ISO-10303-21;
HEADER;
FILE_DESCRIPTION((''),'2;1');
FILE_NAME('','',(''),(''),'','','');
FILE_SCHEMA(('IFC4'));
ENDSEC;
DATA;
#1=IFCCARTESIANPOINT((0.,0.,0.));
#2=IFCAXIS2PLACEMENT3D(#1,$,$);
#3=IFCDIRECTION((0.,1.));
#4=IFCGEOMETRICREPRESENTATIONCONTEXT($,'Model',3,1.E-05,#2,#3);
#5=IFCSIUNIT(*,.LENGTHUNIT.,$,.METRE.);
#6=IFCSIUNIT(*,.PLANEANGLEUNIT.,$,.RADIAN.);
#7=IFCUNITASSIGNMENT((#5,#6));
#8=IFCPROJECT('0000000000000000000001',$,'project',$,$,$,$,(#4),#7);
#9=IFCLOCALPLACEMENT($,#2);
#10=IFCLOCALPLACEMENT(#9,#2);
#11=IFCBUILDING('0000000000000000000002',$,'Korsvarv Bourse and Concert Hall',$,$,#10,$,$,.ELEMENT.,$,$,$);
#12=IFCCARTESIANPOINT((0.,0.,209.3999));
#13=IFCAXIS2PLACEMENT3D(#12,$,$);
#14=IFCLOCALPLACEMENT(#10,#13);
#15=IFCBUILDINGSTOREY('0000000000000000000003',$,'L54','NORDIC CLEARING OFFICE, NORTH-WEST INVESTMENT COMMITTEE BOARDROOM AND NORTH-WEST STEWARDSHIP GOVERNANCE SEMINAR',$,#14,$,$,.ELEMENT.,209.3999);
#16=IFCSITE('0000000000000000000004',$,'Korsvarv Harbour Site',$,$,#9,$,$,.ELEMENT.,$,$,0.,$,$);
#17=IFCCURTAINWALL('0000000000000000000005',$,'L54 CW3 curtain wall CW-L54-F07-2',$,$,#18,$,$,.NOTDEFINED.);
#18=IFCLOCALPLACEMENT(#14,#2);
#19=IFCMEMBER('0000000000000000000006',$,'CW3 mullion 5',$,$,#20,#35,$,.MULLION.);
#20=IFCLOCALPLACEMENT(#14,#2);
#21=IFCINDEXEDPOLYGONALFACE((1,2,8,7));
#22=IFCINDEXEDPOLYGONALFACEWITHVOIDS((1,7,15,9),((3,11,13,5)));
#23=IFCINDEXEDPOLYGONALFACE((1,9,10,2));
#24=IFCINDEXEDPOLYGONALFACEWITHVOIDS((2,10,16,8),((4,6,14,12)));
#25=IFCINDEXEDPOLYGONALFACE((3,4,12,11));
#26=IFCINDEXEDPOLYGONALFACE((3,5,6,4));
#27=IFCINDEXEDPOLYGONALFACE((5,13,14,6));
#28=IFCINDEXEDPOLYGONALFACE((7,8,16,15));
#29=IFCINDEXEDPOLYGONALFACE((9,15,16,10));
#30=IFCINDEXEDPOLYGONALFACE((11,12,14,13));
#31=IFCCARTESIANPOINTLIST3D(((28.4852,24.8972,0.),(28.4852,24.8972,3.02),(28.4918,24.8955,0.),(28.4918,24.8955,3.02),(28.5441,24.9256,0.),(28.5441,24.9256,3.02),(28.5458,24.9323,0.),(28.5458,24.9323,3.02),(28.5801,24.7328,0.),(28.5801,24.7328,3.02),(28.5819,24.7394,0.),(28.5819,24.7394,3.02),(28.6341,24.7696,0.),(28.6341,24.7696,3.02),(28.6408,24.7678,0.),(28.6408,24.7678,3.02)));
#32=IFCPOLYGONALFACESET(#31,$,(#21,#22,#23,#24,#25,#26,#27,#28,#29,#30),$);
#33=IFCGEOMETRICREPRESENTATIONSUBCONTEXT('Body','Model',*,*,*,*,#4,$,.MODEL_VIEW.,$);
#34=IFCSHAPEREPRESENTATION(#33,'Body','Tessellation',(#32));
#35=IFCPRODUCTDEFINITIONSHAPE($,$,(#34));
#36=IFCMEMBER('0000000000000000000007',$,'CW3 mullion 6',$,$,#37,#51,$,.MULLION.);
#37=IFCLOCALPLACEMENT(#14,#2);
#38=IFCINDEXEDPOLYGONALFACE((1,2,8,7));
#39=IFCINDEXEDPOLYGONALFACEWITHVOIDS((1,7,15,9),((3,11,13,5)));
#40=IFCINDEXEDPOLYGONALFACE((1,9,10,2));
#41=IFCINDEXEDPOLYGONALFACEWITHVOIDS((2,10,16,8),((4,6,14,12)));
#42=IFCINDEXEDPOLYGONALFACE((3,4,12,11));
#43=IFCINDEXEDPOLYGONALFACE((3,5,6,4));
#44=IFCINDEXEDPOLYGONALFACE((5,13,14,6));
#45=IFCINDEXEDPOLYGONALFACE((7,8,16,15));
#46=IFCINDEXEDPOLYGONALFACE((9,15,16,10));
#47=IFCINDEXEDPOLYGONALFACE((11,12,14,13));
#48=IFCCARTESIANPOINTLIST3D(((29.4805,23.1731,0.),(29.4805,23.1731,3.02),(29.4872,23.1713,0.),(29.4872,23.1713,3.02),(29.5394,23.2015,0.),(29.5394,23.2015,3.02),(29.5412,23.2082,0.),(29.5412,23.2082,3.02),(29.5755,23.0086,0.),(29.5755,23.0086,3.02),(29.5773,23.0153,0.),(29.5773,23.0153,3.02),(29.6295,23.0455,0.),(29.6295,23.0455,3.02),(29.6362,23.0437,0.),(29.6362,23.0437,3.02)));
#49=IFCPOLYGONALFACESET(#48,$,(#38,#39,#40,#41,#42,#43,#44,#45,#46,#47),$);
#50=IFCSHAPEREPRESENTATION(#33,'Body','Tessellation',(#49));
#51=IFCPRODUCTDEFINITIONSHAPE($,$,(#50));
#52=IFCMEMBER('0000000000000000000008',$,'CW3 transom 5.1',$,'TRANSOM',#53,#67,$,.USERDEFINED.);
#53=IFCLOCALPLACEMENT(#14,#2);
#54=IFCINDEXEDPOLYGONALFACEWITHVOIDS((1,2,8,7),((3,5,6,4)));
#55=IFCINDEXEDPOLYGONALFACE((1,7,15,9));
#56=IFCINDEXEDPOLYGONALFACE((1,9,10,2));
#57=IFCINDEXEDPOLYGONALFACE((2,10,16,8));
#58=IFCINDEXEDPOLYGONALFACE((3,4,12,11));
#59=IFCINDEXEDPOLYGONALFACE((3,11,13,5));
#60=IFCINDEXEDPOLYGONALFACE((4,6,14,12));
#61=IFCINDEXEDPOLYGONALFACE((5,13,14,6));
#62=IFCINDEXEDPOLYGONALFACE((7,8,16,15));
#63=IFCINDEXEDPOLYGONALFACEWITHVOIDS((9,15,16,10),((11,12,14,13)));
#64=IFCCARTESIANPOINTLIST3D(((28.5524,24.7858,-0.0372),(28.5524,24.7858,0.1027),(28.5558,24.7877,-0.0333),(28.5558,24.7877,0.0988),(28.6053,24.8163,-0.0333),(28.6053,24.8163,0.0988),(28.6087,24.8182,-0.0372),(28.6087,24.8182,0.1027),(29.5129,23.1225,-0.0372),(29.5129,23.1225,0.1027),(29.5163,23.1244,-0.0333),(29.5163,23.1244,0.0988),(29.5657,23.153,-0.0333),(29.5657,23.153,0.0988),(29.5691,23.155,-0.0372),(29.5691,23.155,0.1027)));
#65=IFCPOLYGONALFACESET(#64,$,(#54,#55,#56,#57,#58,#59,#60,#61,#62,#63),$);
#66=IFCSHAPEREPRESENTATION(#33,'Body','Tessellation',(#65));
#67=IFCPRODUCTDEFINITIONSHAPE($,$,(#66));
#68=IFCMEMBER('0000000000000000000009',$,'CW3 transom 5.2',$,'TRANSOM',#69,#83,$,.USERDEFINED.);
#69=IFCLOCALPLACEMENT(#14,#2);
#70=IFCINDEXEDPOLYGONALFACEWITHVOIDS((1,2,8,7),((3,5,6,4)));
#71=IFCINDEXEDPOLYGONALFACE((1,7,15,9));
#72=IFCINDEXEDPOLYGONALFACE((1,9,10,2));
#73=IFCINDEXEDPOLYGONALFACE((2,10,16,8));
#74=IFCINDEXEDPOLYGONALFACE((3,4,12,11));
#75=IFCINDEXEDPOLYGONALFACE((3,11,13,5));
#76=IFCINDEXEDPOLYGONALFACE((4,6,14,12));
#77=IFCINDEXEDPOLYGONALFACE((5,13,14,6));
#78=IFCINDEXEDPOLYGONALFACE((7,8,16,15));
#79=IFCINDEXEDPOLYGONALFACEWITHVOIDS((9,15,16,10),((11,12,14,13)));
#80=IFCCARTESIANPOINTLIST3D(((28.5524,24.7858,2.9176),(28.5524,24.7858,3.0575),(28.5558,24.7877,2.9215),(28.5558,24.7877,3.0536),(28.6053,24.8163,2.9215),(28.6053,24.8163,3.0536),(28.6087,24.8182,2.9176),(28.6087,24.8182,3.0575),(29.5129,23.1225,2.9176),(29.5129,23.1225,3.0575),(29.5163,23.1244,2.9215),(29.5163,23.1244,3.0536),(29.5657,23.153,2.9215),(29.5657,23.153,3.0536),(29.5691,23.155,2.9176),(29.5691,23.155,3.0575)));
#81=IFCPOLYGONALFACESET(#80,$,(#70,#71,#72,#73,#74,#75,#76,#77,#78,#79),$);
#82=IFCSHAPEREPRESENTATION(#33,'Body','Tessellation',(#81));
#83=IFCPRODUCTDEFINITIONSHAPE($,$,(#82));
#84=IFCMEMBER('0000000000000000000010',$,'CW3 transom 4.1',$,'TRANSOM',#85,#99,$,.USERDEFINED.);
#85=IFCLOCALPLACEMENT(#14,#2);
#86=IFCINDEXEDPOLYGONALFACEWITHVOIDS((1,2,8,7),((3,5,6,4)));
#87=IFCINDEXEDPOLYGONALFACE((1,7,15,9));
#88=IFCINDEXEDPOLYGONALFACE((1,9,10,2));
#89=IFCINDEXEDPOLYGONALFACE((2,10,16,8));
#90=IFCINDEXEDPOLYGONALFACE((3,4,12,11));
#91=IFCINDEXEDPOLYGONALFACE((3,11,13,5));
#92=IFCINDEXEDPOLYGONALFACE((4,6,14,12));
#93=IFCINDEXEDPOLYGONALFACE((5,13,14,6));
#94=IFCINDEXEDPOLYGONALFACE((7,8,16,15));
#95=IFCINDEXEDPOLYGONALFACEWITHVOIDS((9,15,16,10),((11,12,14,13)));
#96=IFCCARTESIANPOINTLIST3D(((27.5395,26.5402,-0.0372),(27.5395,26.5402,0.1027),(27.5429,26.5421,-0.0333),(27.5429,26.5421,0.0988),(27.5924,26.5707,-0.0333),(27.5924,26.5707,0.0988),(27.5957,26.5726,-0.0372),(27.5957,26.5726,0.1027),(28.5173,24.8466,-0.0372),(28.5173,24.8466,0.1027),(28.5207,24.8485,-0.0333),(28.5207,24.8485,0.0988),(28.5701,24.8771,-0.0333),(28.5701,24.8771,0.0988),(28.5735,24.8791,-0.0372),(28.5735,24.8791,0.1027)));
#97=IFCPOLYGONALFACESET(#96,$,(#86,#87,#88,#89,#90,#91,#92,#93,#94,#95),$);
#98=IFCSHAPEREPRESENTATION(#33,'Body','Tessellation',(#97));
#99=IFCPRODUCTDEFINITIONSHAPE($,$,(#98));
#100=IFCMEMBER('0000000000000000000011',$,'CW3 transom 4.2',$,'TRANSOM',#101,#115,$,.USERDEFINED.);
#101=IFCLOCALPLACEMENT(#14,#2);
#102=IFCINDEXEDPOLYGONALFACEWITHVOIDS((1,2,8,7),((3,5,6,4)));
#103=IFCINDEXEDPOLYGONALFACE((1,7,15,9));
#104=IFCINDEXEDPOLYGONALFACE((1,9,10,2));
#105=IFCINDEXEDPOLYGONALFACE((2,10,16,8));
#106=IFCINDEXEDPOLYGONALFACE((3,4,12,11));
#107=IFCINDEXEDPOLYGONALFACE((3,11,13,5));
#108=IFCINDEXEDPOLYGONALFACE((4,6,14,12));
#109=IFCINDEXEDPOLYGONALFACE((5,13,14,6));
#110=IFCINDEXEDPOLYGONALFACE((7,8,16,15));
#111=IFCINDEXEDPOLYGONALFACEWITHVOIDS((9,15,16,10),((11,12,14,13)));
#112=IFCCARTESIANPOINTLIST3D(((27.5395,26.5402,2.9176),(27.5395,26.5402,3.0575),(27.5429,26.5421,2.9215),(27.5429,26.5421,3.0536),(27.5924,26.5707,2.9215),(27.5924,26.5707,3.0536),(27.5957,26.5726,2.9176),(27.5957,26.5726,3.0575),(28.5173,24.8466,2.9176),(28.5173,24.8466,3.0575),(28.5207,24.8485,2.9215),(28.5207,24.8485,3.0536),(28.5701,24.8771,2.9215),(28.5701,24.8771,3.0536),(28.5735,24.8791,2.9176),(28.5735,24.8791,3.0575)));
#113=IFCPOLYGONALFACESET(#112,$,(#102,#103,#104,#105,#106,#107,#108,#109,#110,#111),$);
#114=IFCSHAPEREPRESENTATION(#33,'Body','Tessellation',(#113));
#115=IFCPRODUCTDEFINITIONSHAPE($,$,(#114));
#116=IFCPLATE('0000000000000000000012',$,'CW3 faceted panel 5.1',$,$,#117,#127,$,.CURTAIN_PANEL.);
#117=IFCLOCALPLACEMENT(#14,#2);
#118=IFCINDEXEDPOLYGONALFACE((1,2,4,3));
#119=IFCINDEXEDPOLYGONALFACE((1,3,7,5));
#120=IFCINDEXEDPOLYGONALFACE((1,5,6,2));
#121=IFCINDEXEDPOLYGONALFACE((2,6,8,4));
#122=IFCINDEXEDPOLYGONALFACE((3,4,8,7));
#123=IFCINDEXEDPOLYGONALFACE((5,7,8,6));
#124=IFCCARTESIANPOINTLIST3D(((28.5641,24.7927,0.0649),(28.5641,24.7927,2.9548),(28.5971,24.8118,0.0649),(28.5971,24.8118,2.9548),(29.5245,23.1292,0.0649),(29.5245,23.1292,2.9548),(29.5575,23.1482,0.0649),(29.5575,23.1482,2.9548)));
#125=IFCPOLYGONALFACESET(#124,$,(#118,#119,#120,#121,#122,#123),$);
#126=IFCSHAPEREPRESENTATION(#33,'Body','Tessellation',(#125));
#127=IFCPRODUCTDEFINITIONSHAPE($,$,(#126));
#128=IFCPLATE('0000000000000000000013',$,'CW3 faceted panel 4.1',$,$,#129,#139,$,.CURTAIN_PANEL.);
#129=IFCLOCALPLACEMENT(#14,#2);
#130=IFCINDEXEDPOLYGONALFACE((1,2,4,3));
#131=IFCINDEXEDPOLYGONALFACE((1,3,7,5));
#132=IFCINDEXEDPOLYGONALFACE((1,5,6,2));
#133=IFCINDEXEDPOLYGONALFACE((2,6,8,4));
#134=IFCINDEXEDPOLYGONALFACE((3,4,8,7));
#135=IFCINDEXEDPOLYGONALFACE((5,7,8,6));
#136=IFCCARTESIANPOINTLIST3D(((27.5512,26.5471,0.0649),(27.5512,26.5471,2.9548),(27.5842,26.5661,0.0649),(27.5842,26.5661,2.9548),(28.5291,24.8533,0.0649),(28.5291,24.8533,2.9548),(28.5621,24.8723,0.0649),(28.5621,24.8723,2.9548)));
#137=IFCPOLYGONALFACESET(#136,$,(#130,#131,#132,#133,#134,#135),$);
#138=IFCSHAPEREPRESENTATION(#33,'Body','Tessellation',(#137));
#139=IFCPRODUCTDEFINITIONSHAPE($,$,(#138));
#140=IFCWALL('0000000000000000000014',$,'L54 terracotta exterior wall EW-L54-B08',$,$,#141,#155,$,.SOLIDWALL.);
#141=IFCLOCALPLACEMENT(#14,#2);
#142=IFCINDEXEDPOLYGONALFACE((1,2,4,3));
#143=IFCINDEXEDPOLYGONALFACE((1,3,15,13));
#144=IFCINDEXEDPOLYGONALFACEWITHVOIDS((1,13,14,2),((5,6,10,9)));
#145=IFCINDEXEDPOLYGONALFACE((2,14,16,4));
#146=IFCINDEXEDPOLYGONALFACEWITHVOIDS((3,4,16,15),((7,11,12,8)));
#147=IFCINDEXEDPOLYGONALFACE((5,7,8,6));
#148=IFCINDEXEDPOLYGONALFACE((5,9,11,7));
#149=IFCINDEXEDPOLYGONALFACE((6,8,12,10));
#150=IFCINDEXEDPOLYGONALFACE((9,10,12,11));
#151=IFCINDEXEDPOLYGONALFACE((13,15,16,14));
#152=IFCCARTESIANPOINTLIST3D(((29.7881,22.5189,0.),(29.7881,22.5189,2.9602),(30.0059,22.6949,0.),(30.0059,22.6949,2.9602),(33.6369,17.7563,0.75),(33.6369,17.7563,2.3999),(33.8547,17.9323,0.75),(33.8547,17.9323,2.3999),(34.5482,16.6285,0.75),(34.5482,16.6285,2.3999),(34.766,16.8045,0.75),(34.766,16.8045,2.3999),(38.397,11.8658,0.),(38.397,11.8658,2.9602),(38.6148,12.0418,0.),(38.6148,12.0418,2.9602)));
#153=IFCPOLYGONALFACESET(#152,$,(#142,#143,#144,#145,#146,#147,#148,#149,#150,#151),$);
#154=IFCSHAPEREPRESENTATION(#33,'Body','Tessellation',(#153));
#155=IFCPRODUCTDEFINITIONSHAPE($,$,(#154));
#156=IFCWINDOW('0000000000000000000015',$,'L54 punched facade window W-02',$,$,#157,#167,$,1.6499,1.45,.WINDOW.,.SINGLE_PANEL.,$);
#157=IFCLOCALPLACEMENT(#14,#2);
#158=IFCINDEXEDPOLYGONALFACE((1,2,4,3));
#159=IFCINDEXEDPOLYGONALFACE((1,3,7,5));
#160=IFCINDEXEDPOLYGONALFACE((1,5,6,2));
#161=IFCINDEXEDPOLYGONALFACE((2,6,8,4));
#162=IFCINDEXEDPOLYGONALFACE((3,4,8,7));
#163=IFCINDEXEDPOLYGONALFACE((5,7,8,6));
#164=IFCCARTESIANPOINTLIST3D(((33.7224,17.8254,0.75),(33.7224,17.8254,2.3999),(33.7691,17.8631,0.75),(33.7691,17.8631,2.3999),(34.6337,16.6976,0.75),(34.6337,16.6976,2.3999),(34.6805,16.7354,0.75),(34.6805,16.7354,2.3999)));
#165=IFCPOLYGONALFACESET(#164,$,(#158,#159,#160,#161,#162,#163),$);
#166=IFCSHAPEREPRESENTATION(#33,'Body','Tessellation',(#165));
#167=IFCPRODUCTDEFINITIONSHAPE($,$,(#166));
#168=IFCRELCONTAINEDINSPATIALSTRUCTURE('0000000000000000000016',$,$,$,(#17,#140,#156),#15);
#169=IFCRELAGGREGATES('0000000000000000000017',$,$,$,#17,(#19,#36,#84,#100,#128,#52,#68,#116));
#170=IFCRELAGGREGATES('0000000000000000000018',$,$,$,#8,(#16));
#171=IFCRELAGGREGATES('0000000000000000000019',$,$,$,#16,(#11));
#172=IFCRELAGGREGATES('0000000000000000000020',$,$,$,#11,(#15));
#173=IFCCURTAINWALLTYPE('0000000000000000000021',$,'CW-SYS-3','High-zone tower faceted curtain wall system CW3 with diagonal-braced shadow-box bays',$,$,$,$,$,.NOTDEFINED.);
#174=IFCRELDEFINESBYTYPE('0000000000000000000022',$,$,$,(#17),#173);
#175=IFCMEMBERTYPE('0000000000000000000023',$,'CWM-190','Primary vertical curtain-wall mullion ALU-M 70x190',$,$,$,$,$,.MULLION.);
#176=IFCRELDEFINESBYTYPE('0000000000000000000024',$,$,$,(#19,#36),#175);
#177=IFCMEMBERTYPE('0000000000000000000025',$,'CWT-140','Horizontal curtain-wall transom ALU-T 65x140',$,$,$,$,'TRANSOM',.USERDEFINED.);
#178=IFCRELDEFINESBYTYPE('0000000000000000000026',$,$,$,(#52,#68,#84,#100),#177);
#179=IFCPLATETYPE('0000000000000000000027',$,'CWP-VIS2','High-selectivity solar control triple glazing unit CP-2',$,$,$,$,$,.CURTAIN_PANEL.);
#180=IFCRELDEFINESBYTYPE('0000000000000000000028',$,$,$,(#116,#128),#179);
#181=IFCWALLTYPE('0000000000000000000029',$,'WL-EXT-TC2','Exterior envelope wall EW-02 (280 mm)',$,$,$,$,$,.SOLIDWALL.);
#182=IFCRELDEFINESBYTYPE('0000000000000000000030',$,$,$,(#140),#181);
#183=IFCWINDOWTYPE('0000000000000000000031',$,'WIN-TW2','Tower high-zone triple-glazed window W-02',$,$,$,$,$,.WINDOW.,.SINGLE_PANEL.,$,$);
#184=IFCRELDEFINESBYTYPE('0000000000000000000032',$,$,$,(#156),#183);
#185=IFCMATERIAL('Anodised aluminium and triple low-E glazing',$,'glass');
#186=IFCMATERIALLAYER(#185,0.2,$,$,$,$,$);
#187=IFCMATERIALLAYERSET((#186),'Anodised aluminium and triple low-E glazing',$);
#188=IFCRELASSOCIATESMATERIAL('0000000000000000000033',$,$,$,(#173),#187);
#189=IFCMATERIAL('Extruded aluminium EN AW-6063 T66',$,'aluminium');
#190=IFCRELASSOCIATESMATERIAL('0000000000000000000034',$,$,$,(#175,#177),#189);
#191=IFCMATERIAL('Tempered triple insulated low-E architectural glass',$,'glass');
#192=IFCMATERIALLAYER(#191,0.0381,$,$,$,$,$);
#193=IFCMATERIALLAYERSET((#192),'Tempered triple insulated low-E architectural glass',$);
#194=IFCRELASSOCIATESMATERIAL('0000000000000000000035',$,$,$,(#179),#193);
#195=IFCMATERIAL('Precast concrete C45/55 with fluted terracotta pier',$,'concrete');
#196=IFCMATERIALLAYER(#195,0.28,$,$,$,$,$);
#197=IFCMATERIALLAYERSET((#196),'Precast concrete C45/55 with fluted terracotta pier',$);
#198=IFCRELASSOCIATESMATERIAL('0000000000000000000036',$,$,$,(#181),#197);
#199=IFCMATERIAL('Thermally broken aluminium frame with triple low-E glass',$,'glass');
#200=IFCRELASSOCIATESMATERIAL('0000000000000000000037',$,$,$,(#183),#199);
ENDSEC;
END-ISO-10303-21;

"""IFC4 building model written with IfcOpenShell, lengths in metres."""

from ifc_helpers import new_model, si_unit, direction, frame, frame_2d, origin, origin_2d, place, context, subcontext, project, spatial, rectangle, hollow_rectangle, extrude, source, transform, mapped, material, layer, layer_set, material_profile, profile_set, type_object, element, fill, aggregate, save


model = new_model("IFC4")

# Units and contexts
model_context = context("Model", 3, precision=1e-05, world=origin(), true_north=direction((0.0, 1.0)))
body_context = subcontext(model_context, "Body", "Model", "MODEL_VIEW")
ifc_project = project(units=[si_unit("LENGTHUNIT", "METRE"), si_unit("PLANEANGLEUNIT", "RADIAN")], contexts=[model_context])

# Site, building, storey
site_placement = place(None, origin())
site = spatial("IfcSite", under=ifc_project, at=site_placement, Name="Korsvarv Harbour Site", CompositionType="ELEMENT", RefElevation=0.0)
building_placement = place(site_placement, origin())
building = spatial("IfcBuilding", under=site, at=building_placement, Name="Korsvarv Bourse and Concert Hall", CompositionType="ELEMENT")
storey_placement = place(building_placement, frame((0.0, 0.0, 209.3999)))
storey = spatial("IfcBuildingStorey", under=building, at=storey_placement, Name="L54", Description="NORDIC CLEARING OFFICE, NORTH-WEST INVESTMENT COMMITTEE BOARDROOM AND NORTH-WEST STEWARDSHIP GOVERNANCE SEMINAR", CompositionType="ELEMENT", Elevation=209.3999)

# Curtain wall, members, plates
ifc_material_1 = material(Name="Anodised aluminium and triple low-E glazing", Category="glass")
ifc_layer_1 = layer(ifc_material_1, 0.2)
ifc_layer_set_1 = layer_set([ifc_layer_1], Name="Anodised aluminium and triple low-E glazing")
curtain_wall_type = type_object("IfcCurtainWallType", Name="CW-SYS-3", Description="High-zone tower faceted curtain wall system CW3 with diagonal-braced shadow-box bays", PredefinedType="NOTDEFINED", material=ifc_layer_set_1)
curtain_wall_placement = place(storey_placement, origin())
curtain_wall = element("IfcCurtainWall", 1, at=curtain_wall_placement, inside=storey, type_object=curtain_wall_type, Name="L54 CW3 curtain wall CW-L54-F07-2", PredefinedType="NOTDEFINED")
ifc_material_2 = material(Name="Extruded aluminium EN AW-6063 T66", Category="aluminium")
ifc_material_profile_1 = material_profile(ifc_material_2, hollow_rectangle(XDim=0.0701, YDim=0.1899, WallThickness=0.0049, at=origin_2d()), Name="ALU-M 70x190")
ifc_profile_set_1 = profile_set([ifc_material_profile_1], Name="Extruded aluminium EN AW-6063 T66")
member_type_1 = type_object("IfcMemberType", Name="CWM-190", Description="Primary vertical curtain-wall mullion ALU-M 70x190", PredefinedType="MULLION", material=ifc_profile_set_1)
shared_shape_1 = source(origin(), body_context, "Body", "SweptSolid", [
    extrude(hollow_rectangle(XDim=0.0701, YDim=0.1899, WallThickness=0.0049, at=origin_2d()), origin(), (0.0, 0.0, 1.0), 3.02),
])
member_1_placement = place(storey_placement, frame((28.563, 24.8325, 0.0), z_axis=(0.0, 0.0, 1.0), x_axis=(0.866026, 0.499999, 0.0)))
member_1 = element("IfcMember", 2, at=member_1_placement, type_object=member_type_1, Name="CW3 mullion 5", PredefinedType="MULLION", context=body_context, shape_type="MappedRepresentation", body=[
    mapped(shared_shape_1, transform((0.0, 0.0, 0.0), scale=1.0)),
])
member_2_placement = place(storey_placement, frame((29.5583, 23.1084, 0.0), z_axis=(0.0, 0.0, 1.0), x_axis=(0.866026, 0.499999, 0.0)))
member_2 = element("IfcMember", 3, at=member_2_placement, type_object=member_type_1, Name="CW3 mullion 6", PredefinedType="MULLION", context=body_context, shape_type="MappedRepresentation", body=[
    mapped(shared_shape_1, transform((0.0, 0.0, 0.0), scale=1.0)),
])
ifc_material_profile_2 = material_profile(ifc_material_2, hollow_rectangle(XDim=0.0649, YDim=0.1399, WallThickness=0.0039, at=origin_2d()), Name="ALU-T 65x140")
ifc_profile_set_2 = profile_set([ifc_material_profile_2], Name="Extruded aluminium EN AW-6063 T66")
member_type_2 = type_object("IfcMemberType", Name="CWT-140", Description="Horizontal curtain-wall transom ALU-T 65x140", ElementType="TRANSOM", PredefinedType="USERDEFINED", material=ifc_profile_set_2)
shared_shape_2 = source(origin(), body_context, "Body", "SweptSolid", [
    extrude(hollow_rectangle(XDim=0.0649, YDim=0.1399, WallThickness=0.0039, at=origin_2d()), origin(), (0.0, 0.0, 1.0), 1.9207),
])
member_3_placement = place(storey_placement, frame((28.5806, 24.802, 0.0327), z_axis=(0.500049, -0.865997, 0.0), x_axis=(0.865997, 0.500049, 0.0)))
member_3 = element("IfcMember", 4, at=member_3_placement, type_object=member_type_2, Name="CW3 transom 5.1", ObjectType="TRANSOM", PredefinedType="USERDEFINED", context=body_context, shape_type="MappedRepresentation", body=[
    mapped(shared_shape_2, transform((0.0, 0.0, 0.0), scale=1.0)),
])
member_4_placement = place(storey_placement, frame((28.5806, 24.802, 2.9875), z_axis=(0.500049, -0.865997, 0.0), x_axis=(0.865997, 0.500049, 0.0)))
member_4 = element("IfcMember", 5, at=member_4_placement, type_object=member_type_2, Name="CW3 transom 5.2", ObjectType="TRANSOM", PredefinedType="USERDEFINED", context=body_context, shape_type="MappedRepresentation", body=[
    mapped(shared_shape_2, transform((0.0, 0.0, 0.0), scale=1.0)),
])
shared_shape_3 = source(origin(), body_context, "Body", "SweptSolid", [
    extrude(hollow_rectangle(XDim=0.0649, YDim=0.1399, WallThickness=0.0039, at=origin_2d()), origin(), (0.0, 0.0, 1.0), 1.9556),
])
member_5_placement = place(storey_placement, frame((27.5676, 26.5564, 0.0327), z_axis=(0.499993, -0.86603, 0.0), x_axis=(0.86603, 0.499993, 0.0)))
member_5 = element("IfcMember", 6, at=member_5_placement, type_object=member_type_2, Name="CW3 transom 4.1", ObjectType="TRANSOM", PredefinedType="USERDEFINED", context=body_context, shape_type="MappedRepresentation", body=[
    mapped(shared_shape_3, transform((0.0, 0.0, 0.0), scale=1.0)),
])
member_6_placement = place(storey_placement, frame((27.5676, 26.5564, 2.9875), z_axis=(0.499993, -0.86603, 0.0), x_axis=(0.86603, 0.499993, 0.0)))
member_6 = element("IfcMember", 7, at=member_6_placement, type_object=member_type_2, Name="CW3 transom 4.2", ObjectType="TRANSOM", PredefinedType="USERDEFINED", context=body_context, shape_type="MappedRepresentation", body=[
    mapped(shared_shape_3, transform((0.0, 0.0, 0.0), scale=1.0)),
])
ifc_material_3 = material(Name="Tempered triple insulated low-E architectural glass", Category="glass")
ifc_layer_2 = layer(ifc_material_3, 0.0381)
ifc_layer_set_2 = layer_set([ifc_layer_2], Name="Tempered triple insulated low-E architectural glass")
plate_type = type_object("IfcPlateType", Name="CWP-VIS2", Description="High-selectivity solar control triple glazing unit CP-2", PredefinedType="CURTAIN_PANEL", material=ifc_layer_set_2)
shared_shape_4 = source(origin(), body_context, "Body", "SweptSolid", [
    extrude(rectangle(XDim=1.9209, YDim=0.0381, at=origin_2d()), origin(), (0.0, 0.0, 1.0), 2.8899),
])
plate_1_placement = place(storey_placement, frame((29.0608, 23.9705, 0.0649), z_axis=(0.0, 0.0, 1.0), x_axis=(0.499999, -0.866026, 0.0)))
plate_1 = element("IfcPlate", 8, at=plate_1_placement, type_object=plate_type, Name="CW3 faceted panel 5.1", PredefinedType="CURTAIN_PANEL", context=body_context, shape_type="MappedRepresentation", body=[
    mapped(shared_shape_4, transform((0.0, 0.0, 0.0), scale=1.0)),
])
shared_shape_5 = source(origin(), body_context, "Body", "SweptSolid", [
    extrude(rectangle(XDim=1.9558, YDim=0.0381, at=origin_2d()), origin(), (0.0, 0.0, 1.0), 2.8899),
])
plate_2_placement = place(storey_placement, frame((28.0566, 25.7097, 0.0649), z_axis=(0.0, 0.0, 1.0), x_axis=(0.499999, -0.866026, 0.0)))
plate_2 = element("IfcPlate", 9, at=plate_2_placement, type_object=plate_type, Name="CW3 faceted panel 4.1", PredefinedType="CURTAIN_PANEL", context=body_context, shape_type="MappedRepresentation", body=[
    mapped(shared_shape_5, transform((0.0, 0.0, 0.0), scale=1.0)),
])
aggregate(curtain_wall, [member_1, member_2, member_5, member_6, plate_2, member_3, member_4, plate_1])

# Wall, opening, window
ifc_material_4 = material(Name="Precast concrete C45/55 with fluted terracotta pier", Category="concrete")
ifc_layer_3 = layer(ifc_material_4, 0.28)
ifc_layer_set_3 = layer_set([ifc_layer_3], Name="Precast concrete C45/55 with fluted terracotta pier")
wall_type_1 = type_object("IfcWallType", Name="WL-EXT-TC2", Description="Exterior envelope wall EW-02 (280 mm)", PredefinedType="SOLIDWALL", material=ifc_layer_set_3)
wall_1_placement = place(storey_placement, frame((29.897, 22.6069, 0.0), z_axis=(0.0, 0.0, 1.0), x_axis=(0.628535, -0.777781, 0.0)))
wall_1 = element("IfcWall", 10, at=wall_1_placement, inside=storey, type_object=wall_type_1, Name="L54 terracotta exterior wall EW-L54-B08", PredefinedType="SOLIDWALL", context=body_context, shape_type="SweptSolid", body=[
    extrude(rectangle(XDim=13.6968, YDim=0.28, at=frame_2d((6.8484, 0.0))), origin(), (0.0, 0.0, 1.0), 2.9602),
])
opening_1_placement = place(wall_1_placement, frame((6.1233, 0.0, 0.75)))
opening_1 = element("IfcOpeningElement", 11, at=opening_1_placement, cuts=wall_1, PredefinedType="OPENING", context=body_context, shape_type="SweptSolid", body=[
    extrude(rectangle(XDim=1.45, YDim=1.6499, at=frame_2d((0.7251, 0.825))), frame((0.0, 0.1499, 0.0), z_axis=(0.0, -1.0, 0.0), x_axis=(1.0, 0.0, 0.0)), (0.0, 0.0, 1.0), 0.3),
])
ifc_material_5 = material(Name="Thermally broken aluminium frame with triple low-E glass", Category="glass")
window_type = type_object("IfcWindowType", Name="WIN-TW2", Description="Tower high-zone triple-glazed window W-02", PartitioningType="SINGLE_PANEL", PredefinedType="WINDOW", material=ifc_material_5)
window_placement = place(opening_1_placement, origin())
window = element("IfcWindow", 12, at=window_placement, inside=storey, type_object=window_type, Name="L54 punched facade window W-02", OverallHeight=1.6499, OverallWidth=1.45, PartitioningType="SINGLE_PANEL", PredefinedType="WINDOW", context=body_context, shape_type="SweptSolid", body=[
    extrude(rectangle(XDim=1.45, YDim=1.6499, at=frame_2d((0.7251, 0.825))), frame((0.0, 0.03, 0.0), z_axis=(0.0, -1.0, 0.0), x_axis=(1.0, 0.0, 0.0)), (0.0, 0.0, 1.0), 0.0601),
])
fill(opening_1, window)

save(model, "model.ifc")
